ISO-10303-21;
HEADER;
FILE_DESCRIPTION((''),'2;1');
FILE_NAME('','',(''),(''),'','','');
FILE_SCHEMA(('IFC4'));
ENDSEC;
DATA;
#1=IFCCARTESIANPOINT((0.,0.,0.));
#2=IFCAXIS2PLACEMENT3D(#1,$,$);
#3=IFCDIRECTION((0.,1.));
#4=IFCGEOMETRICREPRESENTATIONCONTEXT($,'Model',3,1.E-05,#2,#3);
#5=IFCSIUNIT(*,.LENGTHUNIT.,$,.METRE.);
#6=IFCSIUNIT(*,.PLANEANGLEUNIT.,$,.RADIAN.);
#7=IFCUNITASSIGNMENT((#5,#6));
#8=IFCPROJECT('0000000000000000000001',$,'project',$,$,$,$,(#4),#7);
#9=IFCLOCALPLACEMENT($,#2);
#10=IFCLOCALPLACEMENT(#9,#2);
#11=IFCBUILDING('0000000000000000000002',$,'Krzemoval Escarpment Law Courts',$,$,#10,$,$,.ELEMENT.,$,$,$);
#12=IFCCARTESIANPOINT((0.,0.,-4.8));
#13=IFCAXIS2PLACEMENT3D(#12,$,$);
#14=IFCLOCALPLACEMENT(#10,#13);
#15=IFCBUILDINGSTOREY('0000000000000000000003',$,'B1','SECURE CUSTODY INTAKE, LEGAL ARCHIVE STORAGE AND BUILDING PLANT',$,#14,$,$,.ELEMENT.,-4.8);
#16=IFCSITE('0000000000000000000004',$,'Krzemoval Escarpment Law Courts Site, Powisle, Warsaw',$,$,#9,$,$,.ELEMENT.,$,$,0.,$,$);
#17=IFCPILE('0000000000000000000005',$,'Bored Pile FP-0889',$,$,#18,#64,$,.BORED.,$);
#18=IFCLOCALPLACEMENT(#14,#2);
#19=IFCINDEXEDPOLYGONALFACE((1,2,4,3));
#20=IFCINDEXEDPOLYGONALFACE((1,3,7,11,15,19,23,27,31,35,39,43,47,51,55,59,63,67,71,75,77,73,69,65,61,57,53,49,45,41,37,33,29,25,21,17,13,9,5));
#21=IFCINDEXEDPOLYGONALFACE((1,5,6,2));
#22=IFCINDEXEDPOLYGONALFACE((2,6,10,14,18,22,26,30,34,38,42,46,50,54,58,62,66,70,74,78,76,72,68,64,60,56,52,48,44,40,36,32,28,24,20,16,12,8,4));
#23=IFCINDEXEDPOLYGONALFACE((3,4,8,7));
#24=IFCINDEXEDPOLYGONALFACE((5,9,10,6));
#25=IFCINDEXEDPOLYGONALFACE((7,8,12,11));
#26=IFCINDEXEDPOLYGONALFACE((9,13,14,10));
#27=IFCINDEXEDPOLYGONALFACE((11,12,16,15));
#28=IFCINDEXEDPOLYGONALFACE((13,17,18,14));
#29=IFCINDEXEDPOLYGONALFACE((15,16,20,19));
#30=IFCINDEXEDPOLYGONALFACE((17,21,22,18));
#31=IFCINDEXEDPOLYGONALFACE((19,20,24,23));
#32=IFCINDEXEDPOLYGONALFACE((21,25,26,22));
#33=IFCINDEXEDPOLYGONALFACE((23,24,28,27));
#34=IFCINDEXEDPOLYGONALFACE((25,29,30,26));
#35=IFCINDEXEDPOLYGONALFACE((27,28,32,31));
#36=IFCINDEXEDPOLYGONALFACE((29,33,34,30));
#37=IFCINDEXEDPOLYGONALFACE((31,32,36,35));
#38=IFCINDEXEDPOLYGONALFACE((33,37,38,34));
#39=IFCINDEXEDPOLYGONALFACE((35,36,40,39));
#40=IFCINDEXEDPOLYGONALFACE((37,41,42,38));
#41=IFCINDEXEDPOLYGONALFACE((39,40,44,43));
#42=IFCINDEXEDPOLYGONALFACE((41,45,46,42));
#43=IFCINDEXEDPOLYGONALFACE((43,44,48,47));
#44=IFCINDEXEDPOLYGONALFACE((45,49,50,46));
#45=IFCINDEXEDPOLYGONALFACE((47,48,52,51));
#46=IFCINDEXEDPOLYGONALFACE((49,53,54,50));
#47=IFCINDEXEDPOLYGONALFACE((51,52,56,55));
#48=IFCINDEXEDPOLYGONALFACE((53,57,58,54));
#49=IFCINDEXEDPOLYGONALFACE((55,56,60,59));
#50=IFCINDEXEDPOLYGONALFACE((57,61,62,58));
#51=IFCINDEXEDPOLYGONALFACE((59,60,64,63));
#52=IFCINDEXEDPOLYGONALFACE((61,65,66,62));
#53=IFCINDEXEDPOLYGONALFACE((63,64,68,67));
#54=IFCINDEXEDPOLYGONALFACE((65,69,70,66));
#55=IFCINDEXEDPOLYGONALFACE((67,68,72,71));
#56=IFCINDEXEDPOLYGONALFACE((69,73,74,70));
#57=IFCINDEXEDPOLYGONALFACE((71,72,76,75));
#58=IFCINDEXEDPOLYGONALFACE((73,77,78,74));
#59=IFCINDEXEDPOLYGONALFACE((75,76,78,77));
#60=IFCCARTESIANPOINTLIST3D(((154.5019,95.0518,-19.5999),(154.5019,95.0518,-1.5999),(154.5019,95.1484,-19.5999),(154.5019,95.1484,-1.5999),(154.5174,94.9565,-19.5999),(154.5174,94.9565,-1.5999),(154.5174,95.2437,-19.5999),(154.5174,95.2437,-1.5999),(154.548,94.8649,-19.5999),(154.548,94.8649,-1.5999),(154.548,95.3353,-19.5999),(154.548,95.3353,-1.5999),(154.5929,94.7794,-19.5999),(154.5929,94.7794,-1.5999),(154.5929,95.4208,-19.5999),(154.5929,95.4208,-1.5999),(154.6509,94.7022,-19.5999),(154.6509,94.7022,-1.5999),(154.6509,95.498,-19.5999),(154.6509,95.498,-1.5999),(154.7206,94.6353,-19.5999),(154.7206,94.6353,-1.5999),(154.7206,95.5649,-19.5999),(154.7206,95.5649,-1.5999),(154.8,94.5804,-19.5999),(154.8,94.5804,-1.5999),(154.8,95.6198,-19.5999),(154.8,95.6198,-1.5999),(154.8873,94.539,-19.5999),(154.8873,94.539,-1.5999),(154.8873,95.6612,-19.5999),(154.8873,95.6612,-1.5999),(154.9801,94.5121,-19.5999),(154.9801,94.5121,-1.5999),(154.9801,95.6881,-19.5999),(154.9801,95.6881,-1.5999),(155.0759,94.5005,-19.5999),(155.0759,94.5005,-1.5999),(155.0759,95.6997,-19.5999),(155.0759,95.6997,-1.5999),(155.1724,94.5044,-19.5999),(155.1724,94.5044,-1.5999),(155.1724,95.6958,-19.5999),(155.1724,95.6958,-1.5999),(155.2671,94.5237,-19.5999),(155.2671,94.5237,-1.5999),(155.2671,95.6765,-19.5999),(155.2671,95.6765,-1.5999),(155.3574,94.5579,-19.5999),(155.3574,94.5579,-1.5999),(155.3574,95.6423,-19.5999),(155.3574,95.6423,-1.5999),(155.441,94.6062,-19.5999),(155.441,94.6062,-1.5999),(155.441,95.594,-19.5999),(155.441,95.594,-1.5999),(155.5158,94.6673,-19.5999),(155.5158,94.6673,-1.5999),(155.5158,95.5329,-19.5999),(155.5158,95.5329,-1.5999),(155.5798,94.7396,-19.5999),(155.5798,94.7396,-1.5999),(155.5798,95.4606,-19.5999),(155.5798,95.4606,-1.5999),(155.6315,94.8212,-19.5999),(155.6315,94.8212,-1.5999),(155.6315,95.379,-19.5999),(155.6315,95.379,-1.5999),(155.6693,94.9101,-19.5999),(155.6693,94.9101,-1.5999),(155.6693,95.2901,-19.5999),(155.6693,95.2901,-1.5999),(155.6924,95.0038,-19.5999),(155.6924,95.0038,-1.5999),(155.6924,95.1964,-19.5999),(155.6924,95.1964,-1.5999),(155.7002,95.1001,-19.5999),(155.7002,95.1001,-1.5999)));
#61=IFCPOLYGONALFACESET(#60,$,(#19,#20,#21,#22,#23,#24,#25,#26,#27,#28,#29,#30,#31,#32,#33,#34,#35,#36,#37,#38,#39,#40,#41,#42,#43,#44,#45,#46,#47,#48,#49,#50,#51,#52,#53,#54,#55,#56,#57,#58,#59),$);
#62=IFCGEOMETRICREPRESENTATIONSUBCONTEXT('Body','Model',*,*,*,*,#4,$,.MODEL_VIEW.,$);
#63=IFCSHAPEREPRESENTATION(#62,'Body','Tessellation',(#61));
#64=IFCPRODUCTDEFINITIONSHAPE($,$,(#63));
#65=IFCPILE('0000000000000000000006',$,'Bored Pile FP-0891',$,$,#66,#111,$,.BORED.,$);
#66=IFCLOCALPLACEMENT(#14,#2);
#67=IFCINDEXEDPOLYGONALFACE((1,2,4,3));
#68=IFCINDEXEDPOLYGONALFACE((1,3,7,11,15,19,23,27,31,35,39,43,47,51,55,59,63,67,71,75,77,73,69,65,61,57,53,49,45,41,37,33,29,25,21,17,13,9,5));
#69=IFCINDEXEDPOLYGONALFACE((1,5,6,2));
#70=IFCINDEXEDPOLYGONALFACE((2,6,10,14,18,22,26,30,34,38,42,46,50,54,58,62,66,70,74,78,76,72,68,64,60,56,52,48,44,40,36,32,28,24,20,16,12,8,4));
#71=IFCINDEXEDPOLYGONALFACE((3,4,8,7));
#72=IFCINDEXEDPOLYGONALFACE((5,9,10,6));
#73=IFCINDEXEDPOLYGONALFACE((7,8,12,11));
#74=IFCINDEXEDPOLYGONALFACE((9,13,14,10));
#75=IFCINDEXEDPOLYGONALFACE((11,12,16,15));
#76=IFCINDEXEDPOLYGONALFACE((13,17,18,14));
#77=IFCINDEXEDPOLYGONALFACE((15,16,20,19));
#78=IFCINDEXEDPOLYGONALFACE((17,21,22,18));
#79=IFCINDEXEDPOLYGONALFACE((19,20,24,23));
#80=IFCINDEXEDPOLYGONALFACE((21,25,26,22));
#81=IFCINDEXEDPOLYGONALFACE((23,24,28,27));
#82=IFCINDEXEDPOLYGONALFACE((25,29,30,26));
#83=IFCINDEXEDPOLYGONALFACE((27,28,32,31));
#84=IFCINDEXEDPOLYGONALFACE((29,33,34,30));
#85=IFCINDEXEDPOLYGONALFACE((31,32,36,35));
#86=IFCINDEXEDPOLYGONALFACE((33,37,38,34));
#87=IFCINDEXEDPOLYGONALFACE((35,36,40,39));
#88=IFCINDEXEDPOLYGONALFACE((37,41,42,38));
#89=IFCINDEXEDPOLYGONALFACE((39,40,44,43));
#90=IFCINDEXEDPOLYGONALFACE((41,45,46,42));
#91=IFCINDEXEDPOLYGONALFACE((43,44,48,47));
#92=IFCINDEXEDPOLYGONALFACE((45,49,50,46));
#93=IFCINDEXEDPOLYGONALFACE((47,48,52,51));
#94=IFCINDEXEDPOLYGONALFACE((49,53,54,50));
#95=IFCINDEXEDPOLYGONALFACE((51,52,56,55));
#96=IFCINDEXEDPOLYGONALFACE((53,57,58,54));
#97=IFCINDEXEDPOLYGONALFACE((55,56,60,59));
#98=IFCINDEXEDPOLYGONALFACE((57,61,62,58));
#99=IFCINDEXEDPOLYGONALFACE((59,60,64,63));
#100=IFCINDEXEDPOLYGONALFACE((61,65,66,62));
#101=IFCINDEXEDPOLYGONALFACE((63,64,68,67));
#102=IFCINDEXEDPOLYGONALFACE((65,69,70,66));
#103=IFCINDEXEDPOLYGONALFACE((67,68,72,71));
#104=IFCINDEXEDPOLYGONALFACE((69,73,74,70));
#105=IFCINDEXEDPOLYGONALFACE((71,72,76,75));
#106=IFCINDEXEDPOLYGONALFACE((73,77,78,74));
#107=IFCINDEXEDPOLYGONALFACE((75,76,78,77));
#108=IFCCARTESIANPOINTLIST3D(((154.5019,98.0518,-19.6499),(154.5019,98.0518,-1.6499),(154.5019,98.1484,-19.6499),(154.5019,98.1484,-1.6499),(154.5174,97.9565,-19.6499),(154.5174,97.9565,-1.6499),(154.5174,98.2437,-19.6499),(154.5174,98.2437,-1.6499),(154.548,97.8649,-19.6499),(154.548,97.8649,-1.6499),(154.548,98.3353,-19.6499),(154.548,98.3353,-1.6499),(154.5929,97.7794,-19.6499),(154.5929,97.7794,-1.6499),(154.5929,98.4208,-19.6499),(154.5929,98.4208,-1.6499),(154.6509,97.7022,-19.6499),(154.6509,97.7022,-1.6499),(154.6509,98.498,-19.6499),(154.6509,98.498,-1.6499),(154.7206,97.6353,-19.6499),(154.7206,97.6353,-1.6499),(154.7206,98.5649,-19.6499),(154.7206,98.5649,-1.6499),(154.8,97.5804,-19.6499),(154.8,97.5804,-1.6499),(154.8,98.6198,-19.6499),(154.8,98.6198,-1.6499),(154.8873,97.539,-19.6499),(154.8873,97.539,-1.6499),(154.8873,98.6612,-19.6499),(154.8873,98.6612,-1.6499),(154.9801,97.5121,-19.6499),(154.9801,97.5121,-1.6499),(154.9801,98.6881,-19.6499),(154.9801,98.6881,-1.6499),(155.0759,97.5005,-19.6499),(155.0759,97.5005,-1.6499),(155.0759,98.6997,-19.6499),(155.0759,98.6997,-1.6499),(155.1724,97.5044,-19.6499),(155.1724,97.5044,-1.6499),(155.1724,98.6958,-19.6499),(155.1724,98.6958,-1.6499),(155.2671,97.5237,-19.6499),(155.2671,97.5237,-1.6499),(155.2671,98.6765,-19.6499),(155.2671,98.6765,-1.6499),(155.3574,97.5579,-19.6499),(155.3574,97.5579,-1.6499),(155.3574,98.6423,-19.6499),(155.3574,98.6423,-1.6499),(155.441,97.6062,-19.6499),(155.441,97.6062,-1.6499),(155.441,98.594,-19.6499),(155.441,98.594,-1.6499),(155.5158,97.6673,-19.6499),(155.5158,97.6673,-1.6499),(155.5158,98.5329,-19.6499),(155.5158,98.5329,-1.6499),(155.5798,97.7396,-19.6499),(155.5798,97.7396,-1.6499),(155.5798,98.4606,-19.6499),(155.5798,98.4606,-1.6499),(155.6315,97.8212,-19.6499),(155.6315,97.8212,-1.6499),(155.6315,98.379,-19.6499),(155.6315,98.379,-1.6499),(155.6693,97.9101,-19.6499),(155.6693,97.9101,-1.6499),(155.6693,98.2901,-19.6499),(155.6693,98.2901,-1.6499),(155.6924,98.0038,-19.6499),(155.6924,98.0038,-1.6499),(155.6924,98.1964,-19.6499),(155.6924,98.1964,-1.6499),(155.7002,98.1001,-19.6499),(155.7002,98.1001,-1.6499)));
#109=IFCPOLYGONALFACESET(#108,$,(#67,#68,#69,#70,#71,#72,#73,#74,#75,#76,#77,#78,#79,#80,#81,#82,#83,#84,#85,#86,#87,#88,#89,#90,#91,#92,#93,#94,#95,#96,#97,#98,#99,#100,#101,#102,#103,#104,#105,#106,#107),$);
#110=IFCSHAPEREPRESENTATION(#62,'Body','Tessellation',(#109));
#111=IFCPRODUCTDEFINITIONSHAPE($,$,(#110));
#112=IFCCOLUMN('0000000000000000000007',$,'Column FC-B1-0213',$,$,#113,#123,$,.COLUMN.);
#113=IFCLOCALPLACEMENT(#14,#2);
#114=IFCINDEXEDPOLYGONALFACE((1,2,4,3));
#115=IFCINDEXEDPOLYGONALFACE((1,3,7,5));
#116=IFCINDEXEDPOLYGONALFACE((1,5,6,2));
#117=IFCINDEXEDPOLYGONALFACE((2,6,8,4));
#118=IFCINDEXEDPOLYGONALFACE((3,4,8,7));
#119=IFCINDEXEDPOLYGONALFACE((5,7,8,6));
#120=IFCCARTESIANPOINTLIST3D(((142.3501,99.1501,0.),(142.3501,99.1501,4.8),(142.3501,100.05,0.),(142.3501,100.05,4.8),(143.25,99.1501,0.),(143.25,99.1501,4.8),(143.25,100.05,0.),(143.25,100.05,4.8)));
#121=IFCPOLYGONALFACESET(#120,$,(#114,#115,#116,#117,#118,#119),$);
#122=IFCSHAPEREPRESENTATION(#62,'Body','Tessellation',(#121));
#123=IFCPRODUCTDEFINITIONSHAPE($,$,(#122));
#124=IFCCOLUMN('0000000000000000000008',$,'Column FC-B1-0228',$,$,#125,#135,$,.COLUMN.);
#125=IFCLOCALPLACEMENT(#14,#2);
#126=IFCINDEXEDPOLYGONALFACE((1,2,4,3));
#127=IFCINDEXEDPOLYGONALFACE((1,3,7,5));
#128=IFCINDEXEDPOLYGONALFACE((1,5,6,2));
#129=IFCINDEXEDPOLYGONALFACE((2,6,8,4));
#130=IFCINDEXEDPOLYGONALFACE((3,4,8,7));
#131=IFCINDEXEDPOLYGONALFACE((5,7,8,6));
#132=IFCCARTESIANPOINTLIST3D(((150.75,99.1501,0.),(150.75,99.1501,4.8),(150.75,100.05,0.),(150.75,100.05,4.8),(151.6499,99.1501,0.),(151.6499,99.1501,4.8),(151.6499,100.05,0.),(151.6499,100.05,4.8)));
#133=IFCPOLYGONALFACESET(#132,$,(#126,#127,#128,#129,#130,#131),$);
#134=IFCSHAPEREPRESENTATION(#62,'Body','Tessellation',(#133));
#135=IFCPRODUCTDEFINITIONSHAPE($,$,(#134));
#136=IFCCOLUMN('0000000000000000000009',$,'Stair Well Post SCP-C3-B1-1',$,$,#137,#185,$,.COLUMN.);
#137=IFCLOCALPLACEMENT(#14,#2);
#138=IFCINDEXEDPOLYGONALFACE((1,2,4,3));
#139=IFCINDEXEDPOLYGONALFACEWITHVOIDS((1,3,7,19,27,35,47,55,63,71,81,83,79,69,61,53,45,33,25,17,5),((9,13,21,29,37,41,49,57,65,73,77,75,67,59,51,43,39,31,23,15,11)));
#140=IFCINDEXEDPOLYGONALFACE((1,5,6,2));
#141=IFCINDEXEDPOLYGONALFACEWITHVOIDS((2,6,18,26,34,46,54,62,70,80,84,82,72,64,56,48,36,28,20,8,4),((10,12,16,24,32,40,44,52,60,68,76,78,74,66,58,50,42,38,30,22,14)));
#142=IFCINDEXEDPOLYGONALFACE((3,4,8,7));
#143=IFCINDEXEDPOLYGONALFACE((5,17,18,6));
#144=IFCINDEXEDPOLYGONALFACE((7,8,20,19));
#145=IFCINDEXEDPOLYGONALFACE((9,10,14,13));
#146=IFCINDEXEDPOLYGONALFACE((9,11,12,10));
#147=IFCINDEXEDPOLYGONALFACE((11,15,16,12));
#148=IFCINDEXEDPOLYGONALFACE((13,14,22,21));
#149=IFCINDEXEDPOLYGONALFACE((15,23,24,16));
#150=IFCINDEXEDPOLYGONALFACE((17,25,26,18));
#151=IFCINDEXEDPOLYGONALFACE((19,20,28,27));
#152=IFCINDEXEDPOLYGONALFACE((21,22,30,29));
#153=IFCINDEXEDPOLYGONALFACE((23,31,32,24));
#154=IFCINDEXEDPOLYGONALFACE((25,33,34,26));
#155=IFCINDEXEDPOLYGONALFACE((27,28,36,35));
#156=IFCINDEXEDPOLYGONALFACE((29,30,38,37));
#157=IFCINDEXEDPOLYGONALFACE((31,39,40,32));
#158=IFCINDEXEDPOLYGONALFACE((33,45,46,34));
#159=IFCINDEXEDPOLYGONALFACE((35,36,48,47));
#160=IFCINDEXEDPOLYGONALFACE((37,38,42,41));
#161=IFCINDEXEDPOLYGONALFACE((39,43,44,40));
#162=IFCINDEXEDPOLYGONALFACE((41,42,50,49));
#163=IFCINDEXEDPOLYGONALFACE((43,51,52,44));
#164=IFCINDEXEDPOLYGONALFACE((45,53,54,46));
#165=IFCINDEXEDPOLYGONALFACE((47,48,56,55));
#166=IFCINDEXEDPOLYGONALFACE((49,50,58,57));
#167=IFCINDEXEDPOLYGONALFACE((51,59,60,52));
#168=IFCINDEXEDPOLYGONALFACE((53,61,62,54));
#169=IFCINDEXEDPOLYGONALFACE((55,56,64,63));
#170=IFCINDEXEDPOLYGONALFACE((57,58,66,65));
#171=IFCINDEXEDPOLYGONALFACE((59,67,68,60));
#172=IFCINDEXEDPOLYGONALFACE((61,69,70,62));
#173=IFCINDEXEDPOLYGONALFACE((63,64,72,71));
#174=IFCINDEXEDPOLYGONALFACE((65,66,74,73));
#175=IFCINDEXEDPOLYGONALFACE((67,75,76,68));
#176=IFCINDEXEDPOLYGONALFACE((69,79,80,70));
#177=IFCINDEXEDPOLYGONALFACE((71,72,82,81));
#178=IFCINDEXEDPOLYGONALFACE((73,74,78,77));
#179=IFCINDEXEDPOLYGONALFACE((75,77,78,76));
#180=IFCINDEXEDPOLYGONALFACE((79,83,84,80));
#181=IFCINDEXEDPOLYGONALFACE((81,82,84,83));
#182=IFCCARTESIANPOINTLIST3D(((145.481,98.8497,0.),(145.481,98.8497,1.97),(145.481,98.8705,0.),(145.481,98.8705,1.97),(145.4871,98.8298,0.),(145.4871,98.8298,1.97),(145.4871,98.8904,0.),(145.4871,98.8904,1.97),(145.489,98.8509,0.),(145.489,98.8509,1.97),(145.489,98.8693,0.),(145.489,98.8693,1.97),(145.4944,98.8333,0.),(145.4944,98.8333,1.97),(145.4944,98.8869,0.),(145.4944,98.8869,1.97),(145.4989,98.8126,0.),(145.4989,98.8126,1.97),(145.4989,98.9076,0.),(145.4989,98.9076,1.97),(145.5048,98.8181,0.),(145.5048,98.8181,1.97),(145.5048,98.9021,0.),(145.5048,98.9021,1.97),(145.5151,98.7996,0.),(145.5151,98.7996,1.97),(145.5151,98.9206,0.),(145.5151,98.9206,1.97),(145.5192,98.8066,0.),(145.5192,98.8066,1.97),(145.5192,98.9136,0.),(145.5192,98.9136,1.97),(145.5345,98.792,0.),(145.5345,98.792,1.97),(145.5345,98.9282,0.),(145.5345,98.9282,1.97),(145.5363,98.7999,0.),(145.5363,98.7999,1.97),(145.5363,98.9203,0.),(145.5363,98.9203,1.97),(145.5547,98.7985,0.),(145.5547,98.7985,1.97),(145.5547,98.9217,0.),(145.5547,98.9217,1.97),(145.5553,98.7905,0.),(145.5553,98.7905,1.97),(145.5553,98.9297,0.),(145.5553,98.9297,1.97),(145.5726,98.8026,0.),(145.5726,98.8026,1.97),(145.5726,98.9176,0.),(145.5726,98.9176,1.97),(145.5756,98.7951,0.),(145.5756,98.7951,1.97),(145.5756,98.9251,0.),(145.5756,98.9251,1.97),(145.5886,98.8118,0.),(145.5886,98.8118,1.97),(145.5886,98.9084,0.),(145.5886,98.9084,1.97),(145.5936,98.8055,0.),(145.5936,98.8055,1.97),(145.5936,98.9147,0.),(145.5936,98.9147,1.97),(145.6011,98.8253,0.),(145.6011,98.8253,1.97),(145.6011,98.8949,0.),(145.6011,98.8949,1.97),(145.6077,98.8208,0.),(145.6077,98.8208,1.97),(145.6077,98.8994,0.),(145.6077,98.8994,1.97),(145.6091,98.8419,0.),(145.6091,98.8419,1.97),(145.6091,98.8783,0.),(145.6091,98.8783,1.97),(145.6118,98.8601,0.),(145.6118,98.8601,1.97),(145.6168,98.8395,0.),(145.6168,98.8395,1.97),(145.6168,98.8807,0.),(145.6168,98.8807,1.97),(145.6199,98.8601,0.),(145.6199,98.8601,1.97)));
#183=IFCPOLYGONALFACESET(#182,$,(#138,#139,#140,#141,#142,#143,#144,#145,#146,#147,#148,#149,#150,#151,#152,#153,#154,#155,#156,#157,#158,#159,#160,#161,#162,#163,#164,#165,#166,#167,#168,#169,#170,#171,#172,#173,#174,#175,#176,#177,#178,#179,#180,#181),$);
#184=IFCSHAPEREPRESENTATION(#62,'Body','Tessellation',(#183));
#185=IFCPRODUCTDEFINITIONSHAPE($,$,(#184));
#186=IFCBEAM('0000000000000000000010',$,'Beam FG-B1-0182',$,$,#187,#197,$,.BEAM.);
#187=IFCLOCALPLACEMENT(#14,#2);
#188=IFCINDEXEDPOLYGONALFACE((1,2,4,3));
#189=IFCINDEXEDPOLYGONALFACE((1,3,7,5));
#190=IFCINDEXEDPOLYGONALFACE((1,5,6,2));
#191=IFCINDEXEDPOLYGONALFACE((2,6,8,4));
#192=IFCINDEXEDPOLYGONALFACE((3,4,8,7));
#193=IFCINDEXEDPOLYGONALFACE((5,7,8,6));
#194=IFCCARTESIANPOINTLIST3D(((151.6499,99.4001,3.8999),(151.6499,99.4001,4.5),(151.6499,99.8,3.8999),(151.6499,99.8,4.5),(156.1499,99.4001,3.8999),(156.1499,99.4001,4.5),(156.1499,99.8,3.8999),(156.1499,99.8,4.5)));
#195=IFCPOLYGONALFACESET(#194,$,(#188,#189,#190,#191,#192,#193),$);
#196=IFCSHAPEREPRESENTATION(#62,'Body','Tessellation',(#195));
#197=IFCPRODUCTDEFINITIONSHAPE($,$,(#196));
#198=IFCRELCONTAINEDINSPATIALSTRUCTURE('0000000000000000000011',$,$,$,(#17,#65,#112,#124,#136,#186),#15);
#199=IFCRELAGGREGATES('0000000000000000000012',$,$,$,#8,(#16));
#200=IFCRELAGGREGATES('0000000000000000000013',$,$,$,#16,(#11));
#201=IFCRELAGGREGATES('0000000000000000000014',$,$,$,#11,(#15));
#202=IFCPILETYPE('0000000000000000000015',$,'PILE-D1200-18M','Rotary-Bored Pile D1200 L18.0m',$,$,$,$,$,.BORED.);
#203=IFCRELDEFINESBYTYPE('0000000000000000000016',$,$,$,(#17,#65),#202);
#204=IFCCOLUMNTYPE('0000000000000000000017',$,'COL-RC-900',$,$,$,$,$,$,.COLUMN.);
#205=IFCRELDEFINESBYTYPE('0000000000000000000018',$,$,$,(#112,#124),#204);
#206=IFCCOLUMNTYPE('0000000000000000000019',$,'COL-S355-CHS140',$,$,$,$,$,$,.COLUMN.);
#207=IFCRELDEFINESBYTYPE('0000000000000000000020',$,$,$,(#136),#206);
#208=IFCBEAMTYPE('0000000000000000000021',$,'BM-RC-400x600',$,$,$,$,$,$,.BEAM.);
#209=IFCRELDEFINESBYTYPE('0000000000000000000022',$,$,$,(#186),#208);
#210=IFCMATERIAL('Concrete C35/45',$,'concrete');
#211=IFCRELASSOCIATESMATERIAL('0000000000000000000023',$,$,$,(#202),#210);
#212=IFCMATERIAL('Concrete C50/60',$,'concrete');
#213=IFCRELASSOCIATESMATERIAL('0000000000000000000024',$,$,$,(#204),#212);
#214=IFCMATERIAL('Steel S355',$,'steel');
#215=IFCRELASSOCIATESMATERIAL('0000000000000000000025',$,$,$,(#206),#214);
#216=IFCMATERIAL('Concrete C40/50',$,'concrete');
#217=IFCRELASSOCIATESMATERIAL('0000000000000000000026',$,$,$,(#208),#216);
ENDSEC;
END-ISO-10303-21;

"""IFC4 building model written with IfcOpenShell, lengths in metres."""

from ifc_helpers import new_model, si_unit, direction, frame, origin, origin_2d, place, context, subcontext, project, spatial, rectangle, circle, hollow_circle, extrude, material, material_profile, profile_set, type_object, element, save


model = new_model("IFC4")

# Units and contexts
model_context = context("Model", 3, precision=1e-05, world=origin(), true_north=direction((0.0, 1.0)))
body_context = subcontext(model_context, "Body", "Model", "MODEL_VIEW")
ifc_project = project(units=[si_unit("LENGTHUNIT", "METRE"), si_unit("PLANEANGLEUNIT", "RADIAN")], contexts=[model_context])

# Site, building, storey
site_placement = place(None, origin())
site = spatial("IfcSite", under=ifc_project, at=site_placement, Name="Krzemoval Escarpment Law Courts Site, Powisle, Warsaw", CompositionType="ELEMENT", RefElevation=0.0)
building_placement = place(site_placement, origin())
building = spatial("IfcBuilding", under=site, at=building_placement, Name="Krzemoval Escarpment Law Courts", CompositionType="ELEMENT")
storey_placement = place(building_placement, frame((0.0, 0.0, -4.8)))
storey = spatial("IfcBuildingStorey", under=building, at=storey_placement, Name="B1", Description="SECURE CUSTODY INTAKE, LEGAL ARCHIVE STORAGE AND BUILDING PLANT", CompositionType="ELEMENT", Elevation=-4.8)

# Piles
ifc_material_1 = material(Name="Concrete C35/45", Category="concrete")
ifc_material_profile_1 = material_profile(ifc_material_1, circle(Radius=0.6001, at=origin_2d()), Name="PILE D1200")
ifc_profile_set_1 = profile_set([ifc_material_profile_1], Name="Concrete C35/45")
pile_type = type_object("IfcPileType", Name="PILE-D1200-18M", Description="Rotary-Bored Pile D1200 L18.0m", PredefinedType="BORED", material=ifc_profile_set_1)
for number, where, z_axis, x_axis, name in (
    (1, (155.1001, 95.1001, -1.5999), (0.0, 0.0, -1.0), (1.0, 0.0, 0.0), "Bored Pile FP-0889"),
    (2, (155.1001, 98.1001, -1.6499), (0.0, 0.0, -1.0), (1.0, 0.0, 0.0), "Bored Pile FP-0891"),
):
    element("IfcPile", number, at=place(storey_placement, frame(where, z_axis=z_axis, x_axis=x_axis)), inside=storey, type_object=pile_type, Name=name, PredefinedType="BORED", context=body_context, shape_type="SweptSolid", body=[
        extrude(circle(Radius=0.6001, at=origin_2d()), origin(), (0.0, 0.0, 1.0), 18.0),
    ])

# Columns
ifc_material_2 = material(Name="Concrete C50/60", Category="concrete")
ifc_material_profile_2 = material_profile(ifc_material_2, rectangle(XDim=0.8999, YDim=0.8999, at=origin_2d()), Name="RC 900x900")
ifc_profile_set_2 = profile_set([ifc_material_profile_2], Name="Concrete C50/60")
column_type_1 = type_object("IfcColumnType", Name="COL-RC-900", PredefinedType="COLUMN", material=ifc_profile_set_2)
for number, where, z_axis, x_axis, name in (
    (3, (142.8, 99.6001, 0.0), (0.0, 0.0, 1.0), (1.0, 0.0, 0.0), "Column FC-B1-0213"),
    (4, (151.2, 99.6001, 0.0), (0.0, 0.0, 1.0), (1.0, 0.0, 0.0), "Column FC-B1-0228"),
):
    element("IfcColumn", number, at=place(storey_placement, frame(where, z_axis=z_axis, x_axis=x_axis)), inside=storey, type_object=column_type_1, Name=name, PredefinedType="COLUMN", context=body_context, shape_type="SweptSolid", body=[
        extrude(rectangle(XDim=0.8999, YDim=0.8999, at=origin_2d()), origin(), (0.0, 0.0, 1.0), 4.8),
    ])
ifc_material_3 = material(Name="Steel S355", Category="steel")
ifc_material_profile_3 = material_profile(ifc_material_3, hollow_circle(Radius=0.0698, WallThickness=0.0081, at=origin_2d()), Name="CHS 139.7x8")
ifc_profile_set_3 = profile_set([ifc_material_profile_3], Name="Steel S355")
column_type_2 = type_object("IfcColumnType", Name="COL-S355-CHS140", PredefinedType="COLUMN", material=ifc_profile_set_3)
column_placement = place(storey_placement, frame((145.55, 98.8601, 0.0), z_axis=(0.0, 0.0, 1.0), x_axis=(1.0, 0.0, 0.0)))
element("IfcColumn", 5, at=column_placement, inside=storey, type_object=column_type_2, Name="Stair Well Post SCP-C3-B1-1", PredefinedType="COLUMN", context=body_context, shape_type="SweptSolid", body=[
    extrude(hollow_circle(Radius=0.0698, WallThickness=0.0081, at=origin_2d()), origin(), (0.0, 0.0, 1.0), 1.97),
])

# Beam
ifc_material_4 = material(Name="Concrete C40/50", Category="concrete")
ifc_material_profile_4 = material_profile(ifc_material_4, rectangle(XDim=0.3999, YDim=0.6001, at=origin_2d()), Name="RCB 400x600")
ifc_profile_set_4 = profile_set([ifc_material_profile_4], Name="Concrete C40/50")
beam_type_1 = type_object("IfcBeamType", Name="BM-RC-400x600", PredefinedType="BEAM", material=ifc_profile_set_4)
beam_1_placement = place(storey_placement, frame((151.6499, 99.6001, 4.2), z_axis=(1.0, 0.0, 0.0), x_axis=(0.0, 1.0, 0.0)))
element("IfcBeam", 6, at=beam_1_placement, inside=storey, type_object=beam_type_1, Name="Beam FG-B1-0182", PredefinedType="BEAM", context=body_context, shape_type="SweptSolid", body=[
    extrude(rectangle(XDim=0.3999, YDim=0.6001, at=origin_2d()), origin(), (0.0, 0.0, 1.0), 4.5),
])

save(model, "model.ifc")
